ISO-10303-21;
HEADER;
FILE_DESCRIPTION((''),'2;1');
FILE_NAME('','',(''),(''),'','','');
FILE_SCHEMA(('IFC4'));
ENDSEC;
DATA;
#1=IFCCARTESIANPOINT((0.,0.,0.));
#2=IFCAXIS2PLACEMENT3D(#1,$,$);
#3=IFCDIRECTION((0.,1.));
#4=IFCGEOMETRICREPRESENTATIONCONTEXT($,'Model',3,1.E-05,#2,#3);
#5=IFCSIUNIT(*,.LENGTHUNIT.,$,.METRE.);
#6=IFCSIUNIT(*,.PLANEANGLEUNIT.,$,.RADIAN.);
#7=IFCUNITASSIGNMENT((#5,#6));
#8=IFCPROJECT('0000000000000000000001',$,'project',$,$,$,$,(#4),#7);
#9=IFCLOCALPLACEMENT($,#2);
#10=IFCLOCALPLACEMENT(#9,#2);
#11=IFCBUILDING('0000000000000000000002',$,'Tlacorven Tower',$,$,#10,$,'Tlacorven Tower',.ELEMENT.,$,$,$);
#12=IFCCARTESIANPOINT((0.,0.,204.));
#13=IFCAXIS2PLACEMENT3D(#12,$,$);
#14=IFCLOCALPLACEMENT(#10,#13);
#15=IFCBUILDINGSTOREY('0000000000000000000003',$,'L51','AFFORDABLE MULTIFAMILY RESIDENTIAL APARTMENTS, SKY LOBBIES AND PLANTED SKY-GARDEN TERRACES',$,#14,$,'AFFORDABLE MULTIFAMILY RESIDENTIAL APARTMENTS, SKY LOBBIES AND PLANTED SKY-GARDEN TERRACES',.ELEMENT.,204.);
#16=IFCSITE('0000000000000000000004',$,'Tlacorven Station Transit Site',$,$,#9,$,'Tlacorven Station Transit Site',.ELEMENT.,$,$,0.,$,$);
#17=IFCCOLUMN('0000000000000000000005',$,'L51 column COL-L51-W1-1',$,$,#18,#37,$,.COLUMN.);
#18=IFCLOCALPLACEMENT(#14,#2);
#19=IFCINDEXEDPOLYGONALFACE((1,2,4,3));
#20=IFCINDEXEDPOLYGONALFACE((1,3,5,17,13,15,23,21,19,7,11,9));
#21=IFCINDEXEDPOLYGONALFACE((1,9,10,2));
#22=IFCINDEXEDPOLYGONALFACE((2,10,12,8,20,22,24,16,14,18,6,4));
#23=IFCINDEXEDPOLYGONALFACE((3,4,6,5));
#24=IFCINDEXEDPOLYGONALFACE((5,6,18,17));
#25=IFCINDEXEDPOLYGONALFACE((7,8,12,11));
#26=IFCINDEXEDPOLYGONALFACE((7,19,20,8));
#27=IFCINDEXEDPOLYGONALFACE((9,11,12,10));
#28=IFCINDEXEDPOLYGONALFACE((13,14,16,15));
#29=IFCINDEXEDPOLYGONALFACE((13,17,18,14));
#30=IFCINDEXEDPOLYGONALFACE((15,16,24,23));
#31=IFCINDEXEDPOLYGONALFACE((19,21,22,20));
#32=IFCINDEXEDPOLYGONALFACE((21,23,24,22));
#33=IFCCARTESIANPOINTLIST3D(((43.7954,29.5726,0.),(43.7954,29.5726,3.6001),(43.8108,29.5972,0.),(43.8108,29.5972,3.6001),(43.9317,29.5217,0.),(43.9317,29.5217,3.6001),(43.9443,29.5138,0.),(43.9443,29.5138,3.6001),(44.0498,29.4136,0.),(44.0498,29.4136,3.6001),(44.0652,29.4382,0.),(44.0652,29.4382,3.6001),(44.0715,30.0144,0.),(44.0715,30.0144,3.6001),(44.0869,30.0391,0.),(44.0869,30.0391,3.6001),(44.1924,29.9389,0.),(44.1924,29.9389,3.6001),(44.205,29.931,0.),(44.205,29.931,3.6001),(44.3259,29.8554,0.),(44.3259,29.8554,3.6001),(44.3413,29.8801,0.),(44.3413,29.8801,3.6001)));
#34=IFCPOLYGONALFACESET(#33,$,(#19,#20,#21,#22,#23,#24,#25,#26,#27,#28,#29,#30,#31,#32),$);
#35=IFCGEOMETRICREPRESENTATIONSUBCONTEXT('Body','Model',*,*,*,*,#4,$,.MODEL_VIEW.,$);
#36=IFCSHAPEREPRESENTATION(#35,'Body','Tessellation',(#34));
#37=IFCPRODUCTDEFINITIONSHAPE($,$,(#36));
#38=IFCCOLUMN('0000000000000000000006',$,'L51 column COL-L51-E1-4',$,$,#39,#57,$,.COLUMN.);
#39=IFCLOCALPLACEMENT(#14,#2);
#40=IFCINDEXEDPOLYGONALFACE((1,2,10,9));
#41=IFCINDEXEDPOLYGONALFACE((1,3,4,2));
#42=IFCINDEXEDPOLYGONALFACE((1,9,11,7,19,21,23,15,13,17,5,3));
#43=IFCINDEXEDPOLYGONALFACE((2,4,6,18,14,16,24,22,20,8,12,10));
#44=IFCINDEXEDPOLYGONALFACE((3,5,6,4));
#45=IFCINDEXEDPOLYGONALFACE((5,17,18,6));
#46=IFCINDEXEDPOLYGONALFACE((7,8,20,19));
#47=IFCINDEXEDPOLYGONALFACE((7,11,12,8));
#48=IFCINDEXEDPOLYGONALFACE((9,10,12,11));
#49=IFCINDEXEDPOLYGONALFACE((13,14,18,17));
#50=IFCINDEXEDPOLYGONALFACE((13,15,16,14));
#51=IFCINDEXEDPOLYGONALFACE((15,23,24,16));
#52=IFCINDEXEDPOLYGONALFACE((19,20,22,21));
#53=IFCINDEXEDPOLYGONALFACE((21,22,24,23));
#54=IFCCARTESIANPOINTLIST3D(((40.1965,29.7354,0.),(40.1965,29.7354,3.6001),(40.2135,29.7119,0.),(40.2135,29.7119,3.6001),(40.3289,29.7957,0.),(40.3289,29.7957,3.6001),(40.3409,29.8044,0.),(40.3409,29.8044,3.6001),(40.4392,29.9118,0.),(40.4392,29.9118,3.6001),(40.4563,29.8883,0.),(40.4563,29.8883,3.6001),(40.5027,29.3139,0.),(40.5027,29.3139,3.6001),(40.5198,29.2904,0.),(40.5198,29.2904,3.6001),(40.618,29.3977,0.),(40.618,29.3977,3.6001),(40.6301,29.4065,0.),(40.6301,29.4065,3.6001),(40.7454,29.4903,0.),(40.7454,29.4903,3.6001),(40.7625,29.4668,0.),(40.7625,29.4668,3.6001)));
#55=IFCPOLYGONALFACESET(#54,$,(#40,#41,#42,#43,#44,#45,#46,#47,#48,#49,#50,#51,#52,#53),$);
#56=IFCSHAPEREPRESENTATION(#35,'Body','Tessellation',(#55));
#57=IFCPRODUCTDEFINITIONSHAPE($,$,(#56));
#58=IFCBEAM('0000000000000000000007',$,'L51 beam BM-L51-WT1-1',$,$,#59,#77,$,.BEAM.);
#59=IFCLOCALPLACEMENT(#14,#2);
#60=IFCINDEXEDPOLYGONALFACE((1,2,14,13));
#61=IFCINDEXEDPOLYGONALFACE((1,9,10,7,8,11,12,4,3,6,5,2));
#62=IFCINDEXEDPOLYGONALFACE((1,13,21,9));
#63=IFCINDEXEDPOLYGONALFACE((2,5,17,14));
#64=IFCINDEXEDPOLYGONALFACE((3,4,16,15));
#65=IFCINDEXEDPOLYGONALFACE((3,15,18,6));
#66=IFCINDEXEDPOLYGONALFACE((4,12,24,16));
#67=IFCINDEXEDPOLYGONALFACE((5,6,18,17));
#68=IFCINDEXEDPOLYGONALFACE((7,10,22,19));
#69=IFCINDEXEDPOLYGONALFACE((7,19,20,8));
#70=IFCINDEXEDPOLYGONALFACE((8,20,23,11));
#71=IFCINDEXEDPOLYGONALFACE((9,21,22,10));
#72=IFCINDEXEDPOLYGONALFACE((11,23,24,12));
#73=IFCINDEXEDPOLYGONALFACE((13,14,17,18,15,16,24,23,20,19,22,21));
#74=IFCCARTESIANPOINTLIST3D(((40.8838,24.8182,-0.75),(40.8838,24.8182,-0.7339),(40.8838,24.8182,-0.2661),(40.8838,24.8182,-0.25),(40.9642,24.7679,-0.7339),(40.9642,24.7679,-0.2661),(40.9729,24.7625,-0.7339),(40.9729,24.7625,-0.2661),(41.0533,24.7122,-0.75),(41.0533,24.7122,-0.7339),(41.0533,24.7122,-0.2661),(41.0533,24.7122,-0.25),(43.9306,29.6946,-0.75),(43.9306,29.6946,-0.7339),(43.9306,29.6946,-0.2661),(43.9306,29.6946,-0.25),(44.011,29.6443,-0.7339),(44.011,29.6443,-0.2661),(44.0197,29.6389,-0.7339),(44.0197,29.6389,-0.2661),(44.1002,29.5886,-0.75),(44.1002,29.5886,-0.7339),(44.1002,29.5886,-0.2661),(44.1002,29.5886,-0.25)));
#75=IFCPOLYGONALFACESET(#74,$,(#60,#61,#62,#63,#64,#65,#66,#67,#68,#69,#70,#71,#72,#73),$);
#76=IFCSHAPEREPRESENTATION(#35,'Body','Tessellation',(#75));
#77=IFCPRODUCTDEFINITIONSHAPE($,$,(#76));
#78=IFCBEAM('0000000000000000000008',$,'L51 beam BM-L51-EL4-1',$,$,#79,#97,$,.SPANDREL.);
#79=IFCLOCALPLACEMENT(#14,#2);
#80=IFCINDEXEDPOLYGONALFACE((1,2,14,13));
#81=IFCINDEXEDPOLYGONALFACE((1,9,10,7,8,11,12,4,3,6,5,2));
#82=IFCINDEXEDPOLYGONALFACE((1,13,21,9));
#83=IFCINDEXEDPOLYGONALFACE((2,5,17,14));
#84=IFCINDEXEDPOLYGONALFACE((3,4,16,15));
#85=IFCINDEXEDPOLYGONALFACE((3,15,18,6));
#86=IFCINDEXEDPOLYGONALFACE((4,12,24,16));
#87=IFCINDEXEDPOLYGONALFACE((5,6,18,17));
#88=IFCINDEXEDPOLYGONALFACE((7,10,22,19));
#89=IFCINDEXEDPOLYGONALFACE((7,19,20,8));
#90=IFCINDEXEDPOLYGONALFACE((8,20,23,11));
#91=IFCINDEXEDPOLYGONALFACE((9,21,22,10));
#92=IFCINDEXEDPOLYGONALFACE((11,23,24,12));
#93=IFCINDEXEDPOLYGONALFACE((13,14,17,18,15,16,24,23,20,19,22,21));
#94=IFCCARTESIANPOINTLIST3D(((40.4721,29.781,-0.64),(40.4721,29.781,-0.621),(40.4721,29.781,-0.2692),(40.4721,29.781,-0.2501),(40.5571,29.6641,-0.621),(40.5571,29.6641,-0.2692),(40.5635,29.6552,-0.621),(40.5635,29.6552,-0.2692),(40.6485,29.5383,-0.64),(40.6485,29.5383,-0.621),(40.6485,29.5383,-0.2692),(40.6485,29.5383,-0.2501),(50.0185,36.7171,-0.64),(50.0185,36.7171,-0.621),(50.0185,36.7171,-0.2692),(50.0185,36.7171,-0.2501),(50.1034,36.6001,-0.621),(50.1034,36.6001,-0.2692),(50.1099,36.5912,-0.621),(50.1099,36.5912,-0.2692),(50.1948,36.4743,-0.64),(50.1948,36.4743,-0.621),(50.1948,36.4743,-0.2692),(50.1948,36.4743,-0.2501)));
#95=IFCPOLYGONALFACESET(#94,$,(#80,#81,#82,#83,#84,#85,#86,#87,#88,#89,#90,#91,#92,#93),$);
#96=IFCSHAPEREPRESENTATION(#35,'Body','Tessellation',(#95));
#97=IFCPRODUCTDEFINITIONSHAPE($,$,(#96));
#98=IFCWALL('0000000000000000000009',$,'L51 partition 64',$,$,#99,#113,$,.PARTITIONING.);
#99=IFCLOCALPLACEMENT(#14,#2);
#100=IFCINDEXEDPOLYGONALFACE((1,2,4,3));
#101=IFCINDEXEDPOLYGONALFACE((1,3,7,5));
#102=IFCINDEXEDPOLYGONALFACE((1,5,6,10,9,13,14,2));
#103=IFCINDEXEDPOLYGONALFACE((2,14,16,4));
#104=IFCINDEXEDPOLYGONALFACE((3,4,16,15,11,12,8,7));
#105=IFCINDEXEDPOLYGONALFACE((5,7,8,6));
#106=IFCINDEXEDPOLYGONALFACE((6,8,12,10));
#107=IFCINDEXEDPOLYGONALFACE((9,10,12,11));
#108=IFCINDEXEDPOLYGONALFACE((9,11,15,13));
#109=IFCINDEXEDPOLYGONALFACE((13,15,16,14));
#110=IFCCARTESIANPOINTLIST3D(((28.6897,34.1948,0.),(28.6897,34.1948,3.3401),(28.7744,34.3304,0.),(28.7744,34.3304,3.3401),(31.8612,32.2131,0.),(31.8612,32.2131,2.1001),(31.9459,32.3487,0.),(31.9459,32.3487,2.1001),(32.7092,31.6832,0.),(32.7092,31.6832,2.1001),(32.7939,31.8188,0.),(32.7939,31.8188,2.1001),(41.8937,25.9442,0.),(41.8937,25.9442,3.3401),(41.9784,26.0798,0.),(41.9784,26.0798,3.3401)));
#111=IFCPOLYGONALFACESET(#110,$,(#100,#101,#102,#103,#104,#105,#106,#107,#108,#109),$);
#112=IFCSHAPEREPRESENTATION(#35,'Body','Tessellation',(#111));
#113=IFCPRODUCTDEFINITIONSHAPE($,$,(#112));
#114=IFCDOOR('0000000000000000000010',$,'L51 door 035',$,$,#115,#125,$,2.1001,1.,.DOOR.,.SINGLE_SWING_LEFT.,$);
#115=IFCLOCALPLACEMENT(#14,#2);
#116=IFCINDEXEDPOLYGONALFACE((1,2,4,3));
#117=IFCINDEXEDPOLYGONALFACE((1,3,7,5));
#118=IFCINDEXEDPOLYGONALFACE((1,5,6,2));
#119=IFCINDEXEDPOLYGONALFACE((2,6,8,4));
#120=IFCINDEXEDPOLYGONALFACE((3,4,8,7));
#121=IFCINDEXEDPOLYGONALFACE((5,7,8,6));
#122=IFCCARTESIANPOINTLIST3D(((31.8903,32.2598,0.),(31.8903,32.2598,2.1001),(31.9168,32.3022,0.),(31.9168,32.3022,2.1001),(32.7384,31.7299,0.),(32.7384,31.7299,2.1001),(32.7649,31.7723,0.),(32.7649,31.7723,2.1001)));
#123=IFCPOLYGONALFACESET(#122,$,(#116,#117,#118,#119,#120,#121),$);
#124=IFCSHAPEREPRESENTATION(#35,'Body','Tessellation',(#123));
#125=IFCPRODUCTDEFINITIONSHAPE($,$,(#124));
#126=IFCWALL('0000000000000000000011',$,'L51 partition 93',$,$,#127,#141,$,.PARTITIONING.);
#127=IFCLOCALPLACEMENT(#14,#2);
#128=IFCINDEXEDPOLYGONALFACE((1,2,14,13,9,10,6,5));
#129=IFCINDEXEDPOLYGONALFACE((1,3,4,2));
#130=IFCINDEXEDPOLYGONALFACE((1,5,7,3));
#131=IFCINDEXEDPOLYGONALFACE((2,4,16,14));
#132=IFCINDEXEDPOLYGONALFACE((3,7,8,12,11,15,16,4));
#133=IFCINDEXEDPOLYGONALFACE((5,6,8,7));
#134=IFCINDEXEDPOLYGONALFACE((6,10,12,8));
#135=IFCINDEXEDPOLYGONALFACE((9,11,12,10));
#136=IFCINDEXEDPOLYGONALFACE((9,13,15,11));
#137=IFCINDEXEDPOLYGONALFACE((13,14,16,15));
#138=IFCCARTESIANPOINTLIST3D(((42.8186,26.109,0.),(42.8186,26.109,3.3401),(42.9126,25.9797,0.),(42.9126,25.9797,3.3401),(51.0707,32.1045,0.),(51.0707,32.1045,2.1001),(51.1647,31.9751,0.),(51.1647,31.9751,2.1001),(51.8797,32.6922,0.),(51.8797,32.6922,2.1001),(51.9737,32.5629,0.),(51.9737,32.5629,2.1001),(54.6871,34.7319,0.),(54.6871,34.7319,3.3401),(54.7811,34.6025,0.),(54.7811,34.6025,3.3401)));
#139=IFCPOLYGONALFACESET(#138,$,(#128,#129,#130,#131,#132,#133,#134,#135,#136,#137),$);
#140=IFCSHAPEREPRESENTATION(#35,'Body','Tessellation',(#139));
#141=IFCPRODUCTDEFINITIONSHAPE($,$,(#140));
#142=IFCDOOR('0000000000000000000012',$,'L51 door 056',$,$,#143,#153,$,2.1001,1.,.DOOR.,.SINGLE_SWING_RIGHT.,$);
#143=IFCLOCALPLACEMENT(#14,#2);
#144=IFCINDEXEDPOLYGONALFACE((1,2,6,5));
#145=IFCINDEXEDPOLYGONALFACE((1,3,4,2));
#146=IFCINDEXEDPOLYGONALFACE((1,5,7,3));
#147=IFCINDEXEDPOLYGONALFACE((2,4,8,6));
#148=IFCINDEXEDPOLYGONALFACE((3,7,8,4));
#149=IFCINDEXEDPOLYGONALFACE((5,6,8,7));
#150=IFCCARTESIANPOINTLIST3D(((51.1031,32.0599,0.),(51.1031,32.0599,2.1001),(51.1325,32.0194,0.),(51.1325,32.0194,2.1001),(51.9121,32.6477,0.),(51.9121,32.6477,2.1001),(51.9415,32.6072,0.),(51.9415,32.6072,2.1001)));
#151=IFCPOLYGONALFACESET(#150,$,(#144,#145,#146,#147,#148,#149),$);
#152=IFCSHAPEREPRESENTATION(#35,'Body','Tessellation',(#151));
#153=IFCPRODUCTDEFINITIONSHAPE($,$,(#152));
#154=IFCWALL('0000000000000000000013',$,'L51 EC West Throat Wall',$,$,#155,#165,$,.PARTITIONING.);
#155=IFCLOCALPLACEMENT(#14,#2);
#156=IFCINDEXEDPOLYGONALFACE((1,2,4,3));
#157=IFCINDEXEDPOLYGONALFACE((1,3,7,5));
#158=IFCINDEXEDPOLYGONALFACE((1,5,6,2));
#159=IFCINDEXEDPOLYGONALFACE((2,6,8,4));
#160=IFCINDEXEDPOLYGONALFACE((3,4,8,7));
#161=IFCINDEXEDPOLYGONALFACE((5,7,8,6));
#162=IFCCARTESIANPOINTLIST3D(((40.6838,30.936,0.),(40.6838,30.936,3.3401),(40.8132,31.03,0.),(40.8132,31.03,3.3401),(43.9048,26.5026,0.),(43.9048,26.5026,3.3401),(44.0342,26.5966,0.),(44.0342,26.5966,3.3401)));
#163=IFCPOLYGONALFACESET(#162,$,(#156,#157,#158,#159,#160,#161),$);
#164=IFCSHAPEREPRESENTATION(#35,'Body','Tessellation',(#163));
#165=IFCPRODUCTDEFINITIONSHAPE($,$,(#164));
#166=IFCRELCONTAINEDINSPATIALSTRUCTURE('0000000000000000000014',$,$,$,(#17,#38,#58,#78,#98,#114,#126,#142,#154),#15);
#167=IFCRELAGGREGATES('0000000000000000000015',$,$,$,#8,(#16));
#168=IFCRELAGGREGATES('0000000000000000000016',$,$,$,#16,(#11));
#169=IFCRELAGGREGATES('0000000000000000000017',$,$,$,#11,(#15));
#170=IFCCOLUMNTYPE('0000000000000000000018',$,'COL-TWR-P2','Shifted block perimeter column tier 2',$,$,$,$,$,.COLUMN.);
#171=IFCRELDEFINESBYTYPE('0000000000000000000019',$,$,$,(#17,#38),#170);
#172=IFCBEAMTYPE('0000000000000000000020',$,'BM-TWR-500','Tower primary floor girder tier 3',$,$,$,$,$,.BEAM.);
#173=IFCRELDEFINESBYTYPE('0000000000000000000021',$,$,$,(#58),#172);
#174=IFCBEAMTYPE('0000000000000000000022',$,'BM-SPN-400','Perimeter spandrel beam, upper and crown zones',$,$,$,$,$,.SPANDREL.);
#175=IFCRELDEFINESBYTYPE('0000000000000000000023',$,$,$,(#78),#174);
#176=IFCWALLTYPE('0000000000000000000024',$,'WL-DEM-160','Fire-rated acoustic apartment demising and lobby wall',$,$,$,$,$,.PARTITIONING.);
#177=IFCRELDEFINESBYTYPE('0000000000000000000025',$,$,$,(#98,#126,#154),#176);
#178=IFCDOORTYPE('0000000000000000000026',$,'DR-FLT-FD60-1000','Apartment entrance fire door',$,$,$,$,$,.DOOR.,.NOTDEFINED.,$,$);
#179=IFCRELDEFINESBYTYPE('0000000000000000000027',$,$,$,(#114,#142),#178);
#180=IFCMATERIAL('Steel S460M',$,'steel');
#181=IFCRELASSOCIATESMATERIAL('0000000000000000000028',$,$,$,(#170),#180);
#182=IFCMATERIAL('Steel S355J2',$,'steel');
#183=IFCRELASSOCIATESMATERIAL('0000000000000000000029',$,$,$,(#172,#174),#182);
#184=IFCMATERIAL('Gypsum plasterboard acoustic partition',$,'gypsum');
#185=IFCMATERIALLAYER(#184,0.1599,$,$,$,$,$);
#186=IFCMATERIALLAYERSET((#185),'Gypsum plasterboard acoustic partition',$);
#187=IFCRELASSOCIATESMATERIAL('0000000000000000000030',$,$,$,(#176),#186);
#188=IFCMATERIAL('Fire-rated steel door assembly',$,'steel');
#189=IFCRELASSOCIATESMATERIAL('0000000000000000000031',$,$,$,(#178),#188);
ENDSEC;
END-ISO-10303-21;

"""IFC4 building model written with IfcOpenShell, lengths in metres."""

from ifc_helpers import new_model, si_unit, direction, frame, frame_2d, origin, origin_2d, place, context, subcontext, project, spatial, rectangle, i_section, extrude, source, transform, mapped, material, layer, layer_set, material_profile, profile_set, type_object, element, fill, save


model = new_model("IFC4")

# Units and contexts
model_context = context("Model", 3, precision=1e-05, world=origin(), true_north=direction((0.0, 1.0)))
body_context = subcontext(model_context, "Body", "Model", "MODEL_VIEW")
ifc_project = project(units=[si_unit("LENGTHUNIT", "METRE"), si_unit("PLANEANGLEUNIT", "RADIAN")], contexts=[model_context])

# Site, building, storey
site_placement = place(None, origin())
site = spatial("IfcSite", under=ifc_project, at=site_placement, Name="Tlacorven Station Transit Site", LongName="Tlacorven Station Transit Site", CompositionType="ELEMENT", RefElevation=0.0)
building_placement = place(site_placement, origin())
building = spatial("IfcBuilding", under=site, at=building_placement, Name="Tlacorven Tower", LongName="Tlacorven Tower", CompositionType="ELEMENT")
storey_placement = place(building_placement, frame((0.0, 0.0, 204.0)))
storey = spatial("IfcBuildingStorey", under=building, at=storey_placement, Name="L51", Description="AFFORDABLE MULTIFAMILY RESIDENTIAL APARTMENTS, SKY LOBBIES AND PLANTED SKY-GARDEN TERRACES", LongName="AFFORDABLE MULTIFAMILY RESIDENTIAL APARTMENTS, SKY LOBBIES AND PLANTED SKY-GARDEN TERRACES", CompositionType="ELEMENT", Elevation=204.0)

# Columns
ifc_material_1 = material(Name="Steel S460M", Category="steel")
ifc_material_profile_1 = material_profile(ifc_material_1, i_section(OverallWidth=0.3, OverallDepth=0.55, WebThickness=0.0149, FlangeThickness=0.0291, at=origin_2d()), Name="HEB 550")
ifc_profile_set_1 = profile_set([ifc_material_profile_1], Name="Steel S460M")
column_type = type_object("IfcColumnType", Name="COL-TWR-P2", Description="Shifted block perimeter column tier 2", PredefinedType="COLUMN", material=ifc_profile_set_1)
shared_shape_1 = source(origin(), body_context, "Body", "SweptSolid", [
    extrude(i_section(OverallWidth=0.3, OverallDepth=0.55, WebThickness=0.0149, FlangeThickness=0.0291, at=origin_2d()), origin(), (0.0, 0.0, 1.0), 3.6001),
])
for number, where, z_axis, x_axis, name in (
    (1, (44.0684, 29.7263, 0.0), (0.0, 0.0, 1.0), (-0.848048, 0.529919, 0.0), "L51 column COL-L51-W1-1"),
    (2, (40.4795, 29.6011, 0.0), (0.0, 0.0, 1.0), (0.809017, 0.587785, 0.0), "L51 column COL-L51-E1-4"),
):
    element("IfcColumn", number, at=place(storey_placement, frame(where, z_axis=z_axis, x_axis=x_axis)), inside=storey, type_object=column_type, Name=name, PredefinedType="COLUMN", context=body_context, shape_type="MappedRepresentation", body=[
        mapped(shared_shape_1, transform((0.0, 0.0, 0.0), scale=1.0)),
    ])

# Beams
ifc_material_2 = material(Name="Steel S355J2", Category="steel")
ifc_material_profile_2 = material_profile(ifc_material_2, i_section(OverallWidth=0.2, OverallDepth=0.5, WebThickness=0.0103, FlangeThickness=0.0161, at=origin_2d()), Name="IPE 500")
ifc_profile_set_2 = profile_set([ifc_material_profile_2], Name="Steel S355J2")
beam_type_1 = type_object("IfcBeamType", Name="BM-TWR-500", Description="Tower primary floor girder tier 3", PredefinedType="BEAM", material=ifc_profile_set_2)
shared_shape_2 = source(origin(), body_context, "Body", "SweptSolid", [
    extrude(i_section(OverallWidth=0.2, OverallDepth=0.5, WebThickness=0.0103, FlangeThickness=0.0161, at=origin_2d()), origin(), (0.0, 0.0, 1.0), 5.75),
])
beam_1_placement = place(storey_placement, frame((44.0154, 29.6416, -0.5), z_axis=(-0.529884, -0.84807, 0.0), x_axis=(0.84807, -0.529884, 0.0)))
element("IfcBeam", 3, at=beam_1_placement, inside=storey, type_object=beam_type_1, Name="L51 beam BM-L51-WT1-1", PredefinedType="BEAM", context=body_context, shape_type="MappedRepresentation", body=[
    mapped(shared_shape_2, transform((0.0, 0.0, 0.0), scale=1.0)),
])
ifc_material_profile_3 = material_profile(ifc_material_2, i_section(OverallWidth=0.3, OverallDepth=0.3899, WebThickness=0.011, FlangeThickness=0.019, at=origin_2d()), Name="HEA 400")
ifc_profile_set_3 = profile_set([ifc_material_profile_3], Name="Steel S355J2")
beam_type_2 = type_object("IfcBeamType", Name="BM-SPN-400", Description="Perimeter spandrel beam, upper and crown zones", PredefinedType="SPANDREL", material=ifc_profile_set_3)
shared_shape_3 = source(origin(), body_context, "Body", "SweptSolid", [
    extrude(i_section(OverallWidth=0.3, OverallDepth=0.3899, WebThickness=0.011, FlangeThickness=0.019, at=origin_2d()), origin(), (0.0, 0.0, 1.0), 11.8),
])
beam_2_placement = place(storey_placement, frame((40.5603, 29.6597, -0.4451), z_axis=(0.80901, 0.587795, 0.0), x_axis=(-0.587795, 0.80901, 0.0)))
element("IfcBeam", 4, at=beam_2_placement, inside=storey, type_object=beam_type_2, Name="L51 beam BM-L51-EL4-1", PredefinedType="SPANDREL", context=body_context, shape_type="MappedRepresentation", body=[
    mapped(shared_shape_3, transform((0.0, 0.0, 0.0), scale=1.0)),
])

# Walls, openings, doors
ifc_material_3 = material(Name="Gypsum plasterboard acoustic partition", Category="gypsum")
ifc_layer_1 = layer(ifc_material_3, 0.1599)
ifc_layer_set_1 = layer_set([ifc_layer_1], Name="Gypsum plasterboard acoustic partition")
wall_type_1 = type_object("IfcWallType", Name="WL-DEM-160", Description="Fire-rated acoustic apartment demising and lobby wall", PredefinedType="PARTITIONING", material=ifc_layer_set_1)
wall_1_placement = place(storey_placement, frame((41.936, 26.012, 0.0), z_axis=(0.0, 0.0, 1.0), x_axis=(-0.848051, 0.529914, 0.0)))
wall_1 = element("IfcWall", 5, at=wall_1_placement, inside=storey, type_object=wall_type_1, Name="L51 partition 64", PredefinedType="PARTITIONING", context=body_context, shape_type="SweptSolid", body=[
    extrude(rectangle(XDim=15.5698, YDim=0.1599, at=frame_2d((7.7849, 0.0))), origin(), (0.0, 0.0, 1.0), 3.3401),
])
opening_1_placement = place(wall_1_placement, frame((10.8301, 0.0, 0.0)))
opening_1 = element("IfcOpeningElement", 6, at=opening_1_placement, cuts=wall_1, PredefinedType="OPENING", context=body_context, shape_type="SweptSolid", body=[
    extrude(rectangle(XDim=1.0, YDim=2.1001, at=frame_2d((0.5, 1.05))), frame((0.0, 0.0898, 0.0), z_axis=(0.0, -1.0, 0.0), x_axis=(1.0, 0.0, 0.0)), (0.0, 0.0, 1.0), 0.1799),
])
ifc_material_4 = material(Name="Fire-rated steel door assembly", Category="steel")
door_type_1 = type_object("IfcDoorType", Name="DR-FLT-FD60-1000", Description="Apartment entrance fire door", OperationType="NOTDEFINED", PredefinedType="DOOR", material=ifc_material_4)
shared_shape_4 = source(origin(), body_context, "Body", "SweptSolid", [
    extrude(rectangle(XDim=1.0, YDim=2.1001, at=frame_2d((0.5, 1.05))), frame((0.0, 0.0249, 0.0), z_axis=(0.0, -1.0, 0.0), x_axis=(1.0, 0.0, 0.0)), (0.0, 0.0, 1.0), 0.05),
])
door_1_placement = place(opening_1_placement, origin())
door_1 = element("IfcDoor", 7, at=door_1_placement, inside=storey, type_object=door_type_1, Name="L51 door 035", OperationType="SINGLE_SWING_LEFT", OverallHeight=2.1001, OverallWidth=1.0, PredefinedType="DOOR", context=body_context, shape_type="MappedRepresentation", body=[
    mapped(shared_shape_4, transform((0.0, 0.0, 0.0), scale=1.0)),
])
fill(opening_1, door_1)
wall_2_placement = place(storey_placement, frame((42.8657, 26.0444, 0.0), z_axis=(0.0, 0.0, 1.0), x_axis=(0.80902, 0.587781, 0.0)))
wall_2 = element("IfcWall", 8, at=wall_2_placement, inside=storey, type_object=wall_type_1, Name="L51 partition 93", PredefinedType="PARTITIONING", context=body_context, shape_type="SweptSolid", body=[
    extrude(rectangle(XDim=14.6702, YDim=0.1599, at=frame_2d((7.335, 0.0))), origin(), (0.0, 0.0, 1.0), 3.3401),
])
opening_2_placement = place(wall_2_placement, frame((10.2, 0.0, 0.0)))
opening_2 = element("IfcOpeningElement", 9, at=opening_2_placement, cuts=wall_2, PredefinedType="OPENING", context=body_context, shape_type="SweptSolid", body=[
    extrude(rectangle(XDim=1.0, YDim=2.1001, at=frame_2d((0.5, 1.05))), frame((0.0, 0.0898, 0.0), z_axis=(0.0, -1.0, 0.0), x_axis=(1.0, 0.0, 0.0)), (0.0, 0.0, 1.0), 0.1799),
])
door_2_placement = place(opening_2_placement, origin())
door_2 = element("IfcDoor", 10, at=door_2_placement, inside=storey, type_object=door_type_1, Name="L51 door 056", OperationType="SINGLE_SWING_RIGHT", OverallHeight=2.1001, OverallWidth=1.0, PredefinedType="DOOR", context=body_context, shape_type="MappedRepresentation", body=[
    mapped(shared_shape_4, transform((0.0, 0.0, 0.0), scale=1.0)),
])
fill(opening_2, door_2)

# Wall
wall_3_placement = place(storey_placement, frame((43.9695, 26.5496, 0.0), z_axis=(0.0, 0.0, 1.0), x_axis=(-0.587777, 0.809023, 0.0)))
element("IfcWall", 11, at=wall_3_placement, inside=storey, type_object=wall_type_1, Name="L51 EC West Throat Wall", PredefinedType="PARTITIONING", context=body_context, shape_type="SweptSolid", body=[
    extrude(rectangle(XDim=5.48, YDim=0.1599, at=frame_2d((2.74, 0.0))), origin(), (0.0, 0.0, 1.0), 3.3401),
])

save(model, "model.ifc")
